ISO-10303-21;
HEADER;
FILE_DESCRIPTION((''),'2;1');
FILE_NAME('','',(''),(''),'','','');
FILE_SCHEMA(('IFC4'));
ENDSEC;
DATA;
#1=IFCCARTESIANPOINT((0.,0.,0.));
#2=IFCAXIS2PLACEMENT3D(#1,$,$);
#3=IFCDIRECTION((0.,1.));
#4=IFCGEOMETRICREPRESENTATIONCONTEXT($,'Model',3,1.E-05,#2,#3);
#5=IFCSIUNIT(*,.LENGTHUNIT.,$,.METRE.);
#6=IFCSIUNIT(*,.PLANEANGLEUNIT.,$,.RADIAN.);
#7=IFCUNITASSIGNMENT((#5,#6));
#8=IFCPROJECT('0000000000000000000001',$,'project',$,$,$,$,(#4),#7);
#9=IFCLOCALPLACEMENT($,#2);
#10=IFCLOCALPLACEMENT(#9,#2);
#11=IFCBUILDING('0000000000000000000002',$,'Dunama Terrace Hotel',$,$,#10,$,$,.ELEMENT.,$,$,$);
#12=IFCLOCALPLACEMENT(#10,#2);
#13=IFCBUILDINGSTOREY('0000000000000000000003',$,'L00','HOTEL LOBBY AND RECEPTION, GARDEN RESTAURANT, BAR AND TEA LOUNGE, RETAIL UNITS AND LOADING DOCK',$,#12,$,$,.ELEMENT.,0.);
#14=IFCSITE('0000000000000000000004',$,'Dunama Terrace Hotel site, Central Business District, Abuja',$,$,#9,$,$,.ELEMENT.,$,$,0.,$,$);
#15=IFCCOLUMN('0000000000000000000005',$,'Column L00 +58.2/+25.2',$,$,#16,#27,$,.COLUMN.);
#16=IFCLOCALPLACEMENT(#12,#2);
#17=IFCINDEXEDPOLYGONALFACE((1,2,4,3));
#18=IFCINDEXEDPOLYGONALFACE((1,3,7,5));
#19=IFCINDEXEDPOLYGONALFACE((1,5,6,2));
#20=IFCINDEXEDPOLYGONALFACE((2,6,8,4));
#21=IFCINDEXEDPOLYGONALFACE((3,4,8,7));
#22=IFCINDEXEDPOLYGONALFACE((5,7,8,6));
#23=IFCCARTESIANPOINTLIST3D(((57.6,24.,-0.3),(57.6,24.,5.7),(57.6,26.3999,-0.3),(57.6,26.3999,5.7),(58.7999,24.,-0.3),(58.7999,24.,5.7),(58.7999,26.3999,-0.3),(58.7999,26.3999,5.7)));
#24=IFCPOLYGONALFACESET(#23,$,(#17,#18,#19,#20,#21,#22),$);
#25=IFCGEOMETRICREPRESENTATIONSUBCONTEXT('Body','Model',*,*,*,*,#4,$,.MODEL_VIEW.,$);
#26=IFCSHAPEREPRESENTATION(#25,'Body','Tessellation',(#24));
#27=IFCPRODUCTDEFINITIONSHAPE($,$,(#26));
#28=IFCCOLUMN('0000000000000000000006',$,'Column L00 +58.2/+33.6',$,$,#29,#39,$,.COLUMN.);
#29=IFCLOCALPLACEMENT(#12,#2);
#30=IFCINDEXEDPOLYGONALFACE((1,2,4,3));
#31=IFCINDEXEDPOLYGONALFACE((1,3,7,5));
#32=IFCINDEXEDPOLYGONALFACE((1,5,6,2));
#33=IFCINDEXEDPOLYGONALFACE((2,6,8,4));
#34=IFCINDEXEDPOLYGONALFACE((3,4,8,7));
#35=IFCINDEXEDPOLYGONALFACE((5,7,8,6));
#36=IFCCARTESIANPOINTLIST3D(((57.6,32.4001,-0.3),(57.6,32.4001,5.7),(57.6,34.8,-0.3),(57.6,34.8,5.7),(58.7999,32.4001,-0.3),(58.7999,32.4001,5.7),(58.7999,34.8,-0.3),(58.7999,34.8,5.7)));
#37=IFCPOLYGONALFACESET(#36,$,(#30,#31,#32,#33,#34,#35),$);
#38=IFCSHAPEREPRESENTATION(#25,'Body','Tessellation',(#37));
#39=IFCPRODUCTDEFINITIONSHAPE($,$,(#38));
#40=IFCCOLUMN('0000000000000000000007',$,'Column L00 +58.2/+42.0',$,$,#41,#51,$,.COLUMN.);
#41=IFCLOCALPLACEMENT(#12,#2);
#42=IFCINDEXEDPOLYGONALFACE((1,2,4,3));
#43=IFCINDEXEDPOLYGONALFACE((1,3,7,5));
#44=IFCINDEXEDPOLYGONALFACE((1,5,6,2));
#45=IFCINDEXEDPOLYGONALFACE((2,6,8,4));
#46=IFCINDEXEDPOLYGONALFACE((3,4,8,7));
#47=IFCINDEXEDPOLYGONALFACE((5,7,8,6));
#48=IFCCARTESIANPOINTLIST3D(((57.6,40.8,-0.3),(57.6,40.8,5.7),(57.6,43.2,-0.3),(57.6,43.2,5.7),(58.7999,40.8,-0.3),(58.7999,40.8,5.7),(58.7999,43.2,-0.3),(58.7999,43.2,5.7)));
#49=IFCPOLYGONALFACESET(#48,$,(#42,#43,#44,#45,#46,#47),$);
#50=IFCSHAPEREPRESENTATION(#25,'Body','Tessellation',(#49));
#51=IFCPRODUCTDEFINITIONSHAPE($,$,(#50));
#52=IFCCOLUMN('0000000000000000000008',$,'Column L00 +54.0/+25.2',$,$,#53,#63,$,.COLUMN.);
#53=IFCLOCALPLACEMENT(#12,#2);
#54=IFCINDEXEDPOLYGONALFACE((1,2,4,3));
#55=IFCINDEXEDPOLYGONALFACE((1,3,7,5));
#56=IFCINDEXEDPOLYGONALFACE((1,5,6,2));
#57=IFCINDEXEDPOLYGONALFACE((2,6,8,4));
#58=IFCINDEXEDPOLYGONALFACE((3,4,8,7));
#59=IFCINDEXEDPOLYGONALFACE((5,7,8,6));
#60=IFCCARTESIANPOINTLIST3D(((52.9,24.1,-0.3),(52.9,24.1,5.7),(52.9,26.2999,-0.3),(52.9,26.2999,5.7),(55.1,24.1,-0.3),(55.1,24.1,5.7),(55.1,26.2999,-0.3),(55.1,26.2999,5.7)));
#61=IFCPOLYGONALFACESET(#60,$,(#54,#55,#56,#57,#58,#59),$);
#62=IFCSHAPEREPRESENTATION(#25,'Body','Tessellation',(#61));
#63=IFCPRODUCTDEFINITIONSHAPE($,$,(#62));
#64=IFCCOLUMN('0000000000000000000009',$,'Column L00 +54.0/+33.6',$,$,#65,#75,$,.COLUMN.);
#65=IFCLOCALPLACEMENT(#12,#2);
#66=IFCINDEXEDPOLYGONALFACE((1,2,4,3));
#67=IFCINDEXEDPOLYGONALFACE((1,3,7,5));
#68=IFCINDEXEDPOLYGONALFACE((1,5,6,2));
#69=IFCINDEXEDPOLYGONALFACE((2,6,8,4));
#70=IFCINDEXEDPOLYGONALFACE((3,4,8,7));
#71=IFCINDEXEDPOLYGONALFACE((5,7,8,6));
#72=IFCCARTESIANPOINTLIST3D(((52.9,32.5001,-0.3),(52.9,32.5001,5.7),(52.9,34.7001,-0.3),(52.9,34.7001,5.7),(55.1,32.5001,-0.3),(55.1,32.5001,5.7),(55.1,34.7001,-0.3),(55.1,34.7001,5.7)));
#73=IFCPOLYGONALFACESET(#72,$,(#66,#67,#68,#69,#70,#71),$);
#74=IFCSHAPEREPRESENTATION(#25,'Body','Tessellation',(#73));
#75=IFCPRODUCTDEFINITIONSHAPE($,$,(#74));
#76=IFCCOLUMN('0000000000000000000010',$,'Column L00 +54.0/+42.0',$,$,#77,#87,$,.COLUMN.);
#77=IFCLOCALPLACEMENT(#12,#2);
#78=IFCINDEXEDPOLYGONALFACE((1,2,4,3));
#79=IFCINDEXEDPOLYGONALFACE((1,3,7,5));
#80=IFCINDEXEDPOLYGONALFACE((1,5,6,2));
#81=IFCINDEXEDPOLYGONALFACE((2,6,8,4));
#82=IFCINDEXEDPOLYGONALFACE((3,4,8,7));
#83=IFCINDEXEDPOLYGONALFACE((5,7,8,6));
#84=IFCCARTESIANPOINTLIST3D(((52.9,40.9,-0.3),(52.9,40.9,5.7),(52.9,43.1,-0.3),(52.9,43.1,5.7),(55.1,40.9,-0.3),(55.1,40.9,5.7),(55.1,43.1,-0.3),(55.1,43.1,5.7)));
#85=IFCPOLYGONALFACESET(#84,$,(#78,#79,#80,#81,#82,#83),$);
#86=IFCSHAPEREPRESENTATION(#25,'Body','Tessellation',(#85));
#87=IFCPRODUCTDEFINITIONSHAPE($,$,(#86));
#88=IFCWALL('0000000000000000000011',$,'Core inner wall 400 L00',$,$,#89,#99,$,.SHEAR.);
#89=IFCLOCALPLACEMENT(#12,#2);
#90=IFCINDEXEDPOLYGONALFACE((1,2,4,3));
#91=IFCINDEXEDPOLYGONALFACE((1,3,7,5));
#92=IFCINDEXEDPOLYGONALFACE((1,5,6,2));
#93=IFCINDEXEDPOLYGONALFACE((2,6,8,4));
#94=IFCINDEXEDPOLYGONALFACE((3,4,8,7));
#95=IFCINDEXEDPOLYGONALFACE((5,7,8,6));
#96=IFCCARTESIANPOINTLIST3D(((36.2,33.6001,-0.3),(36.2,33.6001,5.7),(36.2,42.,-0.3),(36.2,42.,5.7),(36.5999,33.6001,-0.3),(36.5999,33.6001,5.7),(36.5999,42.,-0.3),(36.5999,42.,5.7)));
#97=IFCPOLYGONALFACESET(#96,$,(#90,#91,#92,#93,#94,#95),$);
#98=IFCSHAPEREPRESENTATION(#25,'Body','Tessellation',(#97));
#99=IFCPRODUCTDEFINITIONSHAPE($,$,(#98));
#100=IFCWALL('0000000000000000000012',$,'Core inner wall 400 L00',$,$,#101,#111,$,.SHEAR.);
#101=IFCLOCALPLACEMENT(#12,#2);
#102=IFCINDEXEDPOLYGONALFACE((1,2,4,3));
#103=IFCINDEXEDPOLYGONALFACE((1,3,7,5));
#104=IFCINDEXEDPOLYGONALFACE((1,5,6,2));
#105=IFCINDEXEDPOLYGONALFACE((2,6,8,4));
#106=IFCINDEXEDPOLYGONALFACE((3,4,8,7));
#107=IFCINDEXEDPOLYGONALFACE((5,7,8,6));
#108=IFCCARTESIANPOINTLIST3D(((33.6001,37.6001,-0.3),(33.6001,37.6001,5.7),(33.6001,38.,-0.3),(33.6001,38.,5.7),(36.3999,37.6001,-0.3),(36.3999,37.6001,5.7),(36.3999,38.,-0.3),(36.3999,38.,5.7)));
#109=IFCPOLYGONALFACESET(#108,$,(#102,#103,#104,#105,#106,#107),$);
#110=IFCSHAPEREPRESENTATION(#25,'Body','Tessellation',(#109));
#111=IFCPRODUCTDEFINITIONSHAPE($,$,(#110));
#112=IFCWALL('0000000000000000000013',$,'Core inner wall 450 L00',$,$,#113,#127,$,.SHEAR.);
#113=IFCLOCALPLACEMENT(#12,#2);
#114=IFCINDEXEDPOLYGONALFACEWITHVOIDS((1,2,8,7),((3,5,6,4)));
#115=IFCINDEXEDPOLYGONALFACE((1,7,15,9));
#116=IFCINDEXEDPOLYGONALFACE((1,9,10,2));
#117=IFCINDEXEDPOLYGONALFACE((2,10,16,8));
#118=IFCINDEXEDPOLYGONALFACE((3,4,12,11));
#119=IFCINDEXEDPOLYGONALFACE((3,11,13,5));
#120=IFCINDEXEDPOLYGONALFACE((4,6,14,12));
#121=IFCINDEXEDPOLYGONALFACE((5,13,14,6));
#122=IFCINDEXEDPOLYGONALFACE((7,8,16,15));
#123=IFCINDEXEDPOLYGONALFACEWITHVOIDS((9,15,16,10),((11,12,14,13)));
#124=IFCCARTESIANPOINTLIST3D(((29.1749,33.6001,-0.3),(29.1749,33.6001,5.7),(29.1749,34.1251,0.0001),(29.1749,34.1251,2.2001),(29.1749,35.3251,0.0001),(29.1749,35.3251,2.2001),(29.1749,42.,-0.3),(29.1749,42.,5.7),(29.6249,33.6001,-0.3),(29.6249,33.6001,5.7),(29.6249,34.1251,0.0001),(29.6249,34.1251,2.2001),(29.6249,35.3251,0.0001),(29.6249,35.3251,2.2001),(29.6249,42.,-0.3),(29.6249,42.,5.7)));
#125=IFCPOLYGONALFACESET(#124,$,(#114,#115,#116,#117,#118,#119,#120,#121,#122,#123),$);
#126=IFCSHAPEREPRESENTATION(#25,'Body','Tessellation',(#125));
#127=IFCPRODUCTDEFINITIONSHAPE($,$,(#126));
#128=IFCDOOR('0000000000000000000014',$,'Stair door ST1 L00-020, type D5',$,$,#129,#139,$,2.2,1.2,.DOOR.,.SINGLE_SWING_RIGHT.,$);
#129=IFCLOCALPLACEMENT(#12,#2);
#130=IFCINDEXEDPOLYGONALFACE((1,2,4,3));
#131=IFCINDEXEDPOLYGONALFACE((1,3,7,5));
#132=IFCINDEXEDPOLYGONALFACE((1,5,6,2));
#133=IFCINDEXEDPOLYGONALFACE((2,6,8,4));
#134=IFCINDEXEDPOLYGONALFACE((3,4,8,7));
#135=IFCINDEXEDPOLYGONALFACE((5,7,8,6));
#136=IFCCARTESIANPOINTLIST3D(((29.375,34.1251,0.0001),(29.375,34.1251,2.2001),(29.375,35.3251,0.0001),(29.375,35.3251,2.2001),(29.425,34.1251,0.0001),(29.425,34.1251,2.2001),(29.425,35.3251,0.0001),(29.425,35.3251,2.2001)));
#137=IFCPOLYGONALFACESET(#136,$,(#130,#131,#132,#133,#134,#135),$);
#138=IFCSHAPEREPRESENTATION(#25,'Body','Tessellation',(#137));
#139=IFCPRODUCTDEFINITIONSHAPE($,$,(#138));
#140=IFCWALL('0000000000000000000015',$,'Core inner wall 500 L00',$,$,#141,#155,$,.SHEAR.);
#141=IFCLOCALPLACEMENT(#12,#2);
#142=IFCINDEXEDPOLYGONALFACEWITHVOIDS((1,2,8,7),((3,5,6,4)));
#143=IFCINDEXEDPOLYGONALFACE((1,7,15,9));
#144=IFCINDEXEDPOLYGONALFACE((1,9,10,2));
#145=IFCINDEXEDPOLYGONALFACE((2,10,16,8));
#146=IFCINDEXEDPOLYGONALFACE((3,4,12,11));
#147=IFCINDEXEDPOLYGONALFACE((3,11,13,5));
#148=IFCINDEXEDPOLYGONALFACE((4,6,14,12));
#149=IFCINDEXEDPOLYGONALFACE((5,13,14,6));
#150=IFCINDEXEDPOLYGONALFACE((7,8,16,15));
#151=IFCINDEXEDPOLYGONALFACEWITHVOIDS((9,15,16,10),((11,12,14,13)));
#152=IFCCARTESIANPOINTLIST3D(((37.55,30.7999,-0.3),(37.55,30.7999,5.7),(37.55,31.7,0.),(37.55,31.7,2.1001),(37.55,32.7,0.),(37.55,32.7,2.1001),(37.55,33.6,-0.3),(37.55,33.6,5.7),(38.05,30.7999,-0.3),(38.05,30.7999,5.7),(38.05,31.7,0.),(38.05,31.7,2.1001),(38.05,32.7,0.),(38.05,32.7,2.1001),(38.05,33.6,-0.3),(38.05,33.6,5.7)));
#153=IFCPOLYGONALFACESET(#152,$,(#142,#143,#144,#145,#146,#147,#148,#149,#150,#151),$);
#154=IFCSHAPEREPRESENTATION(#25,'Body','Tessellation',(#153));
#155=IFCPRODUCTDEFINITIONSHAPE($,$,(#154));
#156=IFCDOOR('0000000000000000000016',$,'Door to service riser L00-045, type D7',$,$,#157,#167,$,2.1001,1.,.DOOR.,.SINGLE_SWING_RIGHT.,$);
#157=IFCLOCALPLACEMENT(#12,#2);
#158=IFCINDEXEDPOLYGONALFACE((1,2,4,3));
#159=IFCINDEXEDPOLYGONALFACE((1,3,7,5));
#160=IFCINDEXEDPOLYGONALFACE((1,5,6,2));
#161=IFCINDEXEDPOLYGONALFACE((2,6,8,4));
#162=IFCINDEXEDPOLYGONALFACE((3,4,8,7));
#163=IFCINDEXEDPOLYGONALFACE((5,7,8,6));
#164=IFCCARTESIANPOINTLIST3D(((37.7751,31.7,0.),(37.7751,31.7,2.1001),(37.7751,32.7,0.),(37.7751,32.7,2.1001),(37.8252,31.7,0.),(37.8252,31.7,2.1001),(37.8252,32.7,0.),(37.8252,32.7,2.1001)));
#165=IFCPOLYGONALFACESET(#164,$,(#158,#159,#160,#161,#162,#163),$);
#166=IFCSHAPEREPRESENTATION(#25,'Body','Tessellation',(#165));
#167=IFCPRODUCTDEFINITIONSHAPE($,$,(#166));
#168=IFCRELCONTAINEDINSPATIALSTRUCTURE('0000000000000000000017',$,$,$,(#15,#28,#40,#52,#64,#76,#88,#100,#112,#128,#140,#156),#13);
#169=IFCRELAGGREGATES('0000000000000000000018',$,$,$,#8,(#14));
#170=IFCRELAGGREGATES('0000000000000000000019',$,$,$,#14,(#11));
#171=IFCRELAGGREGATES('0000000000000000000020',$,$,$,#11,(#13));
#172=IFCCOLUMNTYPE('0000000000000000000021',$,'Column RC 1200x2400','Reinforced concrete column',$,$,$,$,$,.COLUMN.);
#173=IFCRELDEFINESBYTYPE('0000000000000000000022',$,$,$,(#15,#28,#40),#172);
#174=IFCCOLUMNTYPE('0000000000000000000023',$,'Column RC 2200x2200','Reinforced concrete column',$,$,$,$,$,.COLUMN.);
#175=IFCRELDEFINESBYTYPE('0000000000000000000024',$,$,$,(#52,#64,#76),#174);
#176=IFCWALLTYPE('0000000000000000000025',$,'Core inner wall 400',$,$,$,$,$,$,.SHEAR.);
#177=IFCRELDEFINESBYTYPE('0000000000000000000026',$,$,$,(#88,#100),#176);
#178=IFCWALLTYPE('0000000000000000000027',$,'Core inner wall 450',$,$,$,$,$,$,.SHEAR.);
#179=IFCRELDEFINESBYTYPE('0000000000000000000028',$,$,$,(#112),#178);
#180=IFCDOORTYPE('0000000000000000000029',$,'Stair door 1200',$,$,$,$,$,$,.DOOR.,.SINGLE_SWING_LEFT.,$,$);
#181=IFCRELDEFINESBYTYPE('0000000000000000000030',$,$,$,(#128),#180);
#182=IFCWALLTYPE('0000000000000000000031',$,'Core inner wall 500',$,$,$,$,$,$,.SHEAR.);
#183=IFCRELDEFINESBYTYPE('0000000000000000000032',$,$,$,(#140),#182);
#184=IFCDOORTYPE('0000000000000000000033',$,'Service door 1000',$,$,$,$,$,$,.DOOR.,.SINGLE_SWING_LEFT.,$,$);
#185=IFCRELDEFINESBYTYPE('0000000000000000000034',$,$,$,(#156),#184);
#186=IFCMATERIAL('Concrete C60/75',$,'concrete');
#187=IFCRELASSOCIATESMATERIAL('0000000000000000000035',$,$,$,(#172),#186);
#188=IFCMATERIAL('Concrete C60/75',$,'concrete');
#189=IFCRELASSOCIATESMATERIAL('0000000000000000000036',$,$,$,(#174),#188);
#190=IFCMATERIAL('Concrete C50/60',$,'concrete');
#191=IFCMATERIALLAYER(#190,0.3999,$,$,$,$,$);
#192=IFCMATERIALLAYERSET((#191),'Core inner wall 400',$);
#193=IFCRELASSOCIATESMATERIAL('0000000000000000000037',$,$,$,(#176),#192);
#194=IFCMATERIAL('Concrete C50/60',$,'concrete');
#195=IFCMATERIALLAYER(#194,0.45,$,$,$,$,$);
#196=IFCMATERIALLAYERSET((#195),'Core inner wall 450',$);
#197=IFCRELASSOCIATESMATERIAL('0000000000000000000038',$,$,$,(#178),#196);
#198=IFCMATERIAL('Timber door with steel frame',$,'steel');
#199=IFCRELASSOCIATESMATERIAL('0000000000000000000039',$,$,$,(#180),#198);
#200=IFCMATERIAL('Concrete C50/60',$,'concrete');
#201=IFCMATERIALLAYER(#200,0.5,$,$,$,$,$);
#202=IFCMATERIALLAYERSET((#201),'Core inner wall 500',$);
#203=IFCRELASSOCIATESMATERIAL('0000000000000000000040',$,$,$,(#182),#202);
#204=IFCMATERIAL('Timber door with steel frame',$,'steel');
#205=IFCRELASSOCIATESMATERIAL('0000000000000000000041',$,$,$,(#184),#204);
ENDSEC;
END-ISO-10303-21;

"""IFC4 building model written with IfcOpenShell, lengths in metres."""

from ifc_helpers import new_model, si_unit, direction, frame, frame_2d, origin, origin_2d, place, context, subcontext, project, spatial, rectangle, extrude, material, layer, layer_set, material_profile, profile_set, type_object, element, fill, save


model = new_model("IFC4")

# Units and contexts
model_context = context("Model", 3, precision=1e-05, world=origin(), true_north=direction((0.0, 1.0)))
body_context = subcontext(model_context, "Body", "Model", "MODEL_VIEW")
ifc_project = project(units=[si_unit("LENGTHUNIT", "METRE"), si_unit("PLANEANGLEUNIT", "RADIAN")], contexts=[model_context])

# Site, building, storey
site_placement = place(None, origin())
site = spatial("IfcSite", under=ifc_project, at=site_placement, Name="Dunama Terrace Hotel site, Central Business District, Abuja", CompositionType="ELEMENT", RefElevation=0.0)
building_placement = place(site_placement, origin())
building = spatial("IfcBuilding", under=site, at=building_placement, Name="Dunama Terrace Hotel", CompositionType="ELEMENT")
storey_placement = place(building_placement, origin())
storey = spatial("IfcBuildingStorey", under=building, at=storey_placement, Name="L00", Description="HOTEL LOBBY AND RECEPTION, GARDEN RESTAURANT, BAR AND TEA LOUNGE, RETAIL UNITS AND LOADING DOCK", CompositionType="ELEMENT", Elevation=0.0)

# Columns
ifc_material_1 = material(Name="Concrete C60/75", Category="concrete")
ifc_material_profile_1 = material_profile(ifc_material_1, rectangle(XDim=1.2, YDim=2.3999, at=origin_2d()), Name="RC 1200x2400")
ifc_profile_set_1 = profile_set([ifc_material_profile_1], Name="Concrete C60/75")
column_type_1 = type_object("IfcColumnType", Name="Column RC 1200x2400", Description="Reinforced concrete column", PredefinedType="COLUMN", material=ifc_profile_set_1)
for number, where, z_axis, x_axis, name in (
    (1, (58.2, 25.2, -0.3), (0.0, 0.0, 1.0), (1.0, 0.0, 0.0), "Column L00 +58.2/+25.2"),
    (2, (58.2, 33.6001, -0.3), (0.0, 0.0, 1.0), (1.0, 0.0, 0.0), "Column L00 +58.2/+33.6"),
    (3, (58.2, 42.0, -0.3), (0.0, 0.0, 1.0), (1.0, 0.0, 0.0), "Column L00 +58.2/+42.0"),
):
    element("IfcColumn", number, at=place(storey_placement, frame(where, z_axis=z_axis, x_axis=x_axis)), inside=storey, type_object=column_type_1, Name=name, PredefinedType="COLUMN", context=body_context, shape_type="SweptSolid", body=[
        extrude(rectangle(XDim=1.2, YDim=2.3999, at=origin_2d()), origin(), (0.0, 0.0, 1.0), 6.0),
    ])
ifc_material_2 = material(Name="Concrete C60/75", Category="concrete")
ifc_material_profile_2 = material_profile(ifc_material_2, rectangle(XDim=2.2, YDim=2.2, at=origin_2d()), Name="RC 2200x2200")
ifc_profile_set_2 = profile_set([ifc_material_profile_2], Name="Concrete C60/75")
column_type_2 = type_object("IfcColumnType", Name="Column RC 2200x2200", Description="Reinforced concrete column", PredefinedType="COLUMN", material=ifc_profile_set_2)
for number, where, z_axis, x_axis, name in (
    (4, (54.0, 25.2, -0.3), (0.0, 0.0, 1.0), (1.0, 0.0, 0.0), "Column L00 +54.0/+25.2"),
    (5, (54.0, 33.6001, -0.3), (0.0, 0.0, 1.0), (1.0, 0.0, 0.0), "Column L00 +54.0/+33.6"),
    (6, (54.0, 42.0, -0.3), (0.0, 0.0, 1.0), (1.0, 0.0, 0.0), "Column L00 +54.0/+42.0"),
):
    element("IfcColumn", number, at=place(storey_placement, frame(where, z_axis=z_axis, x_axis=x_axis)), inside=storey, type_object=column_type_2, Name=name, PredefinedType="COLUMN", context=body_context, shape_type="SweptSolid", body=[
        extrude(rectangle(XDim=2.2, YDim=2.2, at=origin_2d()), origin(), (0.0, 0.0, 1.0), 6.0),
    ])

# Walls
ifc_material_3 = material(Name="Concrete C50/60", Category="concrete")
ifc_layer_1 = layer(ifc_material_3, 0.3999)
ifc_layer_set_1 = layer_set([ifc_layer_1], Name="Core inner wall 400")
wall_type_1 = type_object("IfcWallType", Name="Core inner wall 400", PredefinedType="SHEAR", material=ifc_layer_set_1)
wall_1_placement = place(storey_placement, frame((36.3999, 33.6001, -0.3), z_axis=(0.0, 0.0, 1.0), x_axis=(0.0, 1.0, 0.0)))
element("IfcWall", 7, at=wall_1_placement, inside=storey, type_object=wall_type_1, Name="Core inner wall 400 L00", PredefinedType="SHEAR", context=body_context, shape_type="SweptSolid", body=[
    extrude(rectangle(XDim=8.3999, YDim=0.3999, at=frame_2d((4.2, 0.0))), origin(), (0.0, 0.0, 1.0), 6.0),
])
wall_2_placement = place(storey_placement, frame((33.6001, 37.8, -0.3), z_axis=(0.0, 0.0, 1.0), x_axis=(1.0, 0.0, 0.0)))
element("IfcWall", 8, at=wall_2_placement, inside=storey, type_object=wall_type_1, Name="Core inner wall 400 L00", PredefinedType="SHEAR", context=body_context, shape_type="SweptSolid", body=[
    extrude(rectangle(XDim=2.7998, YDim=0.3999, at=frame_2d((1.3999, 0.0))), origin(), (0.0, 0.0, 1.0), 6.0),
])

# Walls, openings, doors
ifc_material_4 = material(Name="Concrete C50/60", Category="concrete")
ifc_layer_2 = layer(ifc_material_4, 0.45)
ifc_layer_set_2 = layer_set([ifc_layer_2], Name="Core inner wall 450")
wall_type_2 = type_object("IfcWallType", Name="Core inner wall 450", PredefinedType="SHEAR", material=ifc_layer_set_2)
wall_3_placement = place(storey_placement, frame((29.3999, 33.6001, -0.3), z_axis=(0.0, 0.0, 1.0), x_axis=(0.0, 1.0, 0.0)))
wall_3 = element("IfcWall", 9, at=wall_3_placement, inside=storey, type_object=wall_type_2, Name="Core inner wall 450 L00", PredefinedType="SHEAR", context=body_context, shape_type="SweptSolid", body=[
    extrude(rectangle(XDim=8.3999, YDim=0.45, at=frame_2d((4.2, 0.0))), origin(), (0.0, 0.0, 1.0), 6.0),
])
opening_1_placement = place(wall_3_placement, frame((0.5249, 0.0, 0.3)))
opening_1 = element("IfcOpeningElement", 10, at=opening_1_placement, cuts=wall_3, PredefinedType="OPENING", context=body_context, shape_type="SweptSolid", body=[
    extrude(rectangle(XDim=1.2, YDim=2.2, at=frame_2d((0.6001, 1.1001))), frame((0.0, 0.2349, 0.0), z_axis=(0.0, -1.0, 0.0), x_axis=(1.0, 0.0, 0.0)), (0.0, 0.0, 1.0), 0.47),
])
ifc_material_5 = material(Name="Timber door with steel frame", Category="steel")
door_type_1 = type_object("IfcDoorType", Name="Stair door 1200", OperationType="SINGLE_SWING_LEFT", PredefinedType="DOOR", material=ifc_material_5)
door_1_placement = place(opening_1_placement, frame((1.2, 0.0, 0.0), z_axis=(0.0, 0.0, 1.0), x_axis=(-1.0, 0.0, 0.0)))
door_1 = element("IfcDoor", 11, at=door_1_placement, inside=storey, type_object=door_type_1, Name="Stair door ST1 L00-020, type D5", OperationType="SINGLE_SWING_RIGHT", OverallHeight=2.2, OverallWidth=1.2, PredefinedType="DOOR", context=body_context, shape_type="SweptSolid", body=[
    extrude(rectangle(XDim=1.2, YDim=2.2, at=frame_2d((0.5999, 1.1001))), frame((0.0, 0.0251, 0.0), z_axis=(0.0, -1.0, 0.0), x_axis=(1.0, 0.0, 0.0)), (0.0, 0.0, 1.0), 0.05),
])
fill(opening_1, door_1)
ifc_material_6 = material(Name="Concrete C50/60", Category="concrete")
ifc_layer_3 = layer(ifc_material_6, 0.5)
ifc_layer_set_3 = layer_set([ifc_layer_3], Name="Core inner wall 500")
wall_type_3 = type_object("IfcWallType", Name="Core inner wall 500", PredefinedType="SHEAR", material=ifc_layer_set_3)
wall_4_placement = place(storey_placement, frame((37.8, 30.8, -0.3), z_axis=(0.0, 0.0, 1.0), x_axis=(0.0, 1.0, 0.0)))
wall_4 = element("IfcWall", 12, at=wall_4_placement, inside=storey, type_object=wall_type_3, Name="Core inner wall 500 L00", PredefinedType="SHEAR", context=body_context, shape_type="SweptSolid", body=[
    extrude(rectangle(XDim=2.8, YDim=0.5, at=frame_2d((1.3999, 0.0))), origin(), (0.0, 0.0, 1.0), 6.0),
])
opening_2_placement = place(wall_4_placement, frame((0.8999, 0.0, 0.3)))
opening_2 = element("IfcOpeningElement", 13, at=opening_2_placement, cuts=wall_4, PredefinedType="OPENING", context=body_context, shape_type="SweptSolid", body=[
    extrude(rectangle(XDim=1.0, YDim=2.1001, at=frame_2d((0.5, 1.05))), frame((0.0, 0.26, 0.0), z_axis=(0.0, -1.0, 0.0), x_axis=(1.0, 0.0, 0.0)), (0.0, 0.0, 1.0), 0.52),
])
ifc_material_7 = material(Name="Timber door with steel frame", Category="steel")
door_type_2 = type_object("IfcDoorType", Name="Service door 1000", OperationType="SINGLE_SWING_LEFT", PredefinedType="DOOR", material=ifc_material_7)
door_2_placement = place(opening_2_placement, frame((1.0, 0.0, 0.0), z_axis=(0.0, 0.0, 1.0), x_axis=(-1.0, 0.0, 0.0)))
door_2 = element("IfcDoor", 14, at=door_2_placement, inside=storey, type_object=door_type_2, Name="Door to service riser L00-045, type D7", OperationType="SINGLE_SWING_RIGHT", OverallHeight=2.1001, OverallWidth=1.0, PredefinedType="DOOR", context=body_context, shape_type="SweptSolid", body=[
    extrude(rectangle(XDim=1.0, YDim=2.1001, at=frame_2d((0.5, 1.05))), frame((0.0, 0.0251, 0.0), z_axis=(0.0, -1.0, 0.0), x_axis=(1.0, 0.0, 0.0)), (0.0, 0.0, 1.0), 0.05),
])
fill(opening_2, door_2)

save(model, "model.ifc")
